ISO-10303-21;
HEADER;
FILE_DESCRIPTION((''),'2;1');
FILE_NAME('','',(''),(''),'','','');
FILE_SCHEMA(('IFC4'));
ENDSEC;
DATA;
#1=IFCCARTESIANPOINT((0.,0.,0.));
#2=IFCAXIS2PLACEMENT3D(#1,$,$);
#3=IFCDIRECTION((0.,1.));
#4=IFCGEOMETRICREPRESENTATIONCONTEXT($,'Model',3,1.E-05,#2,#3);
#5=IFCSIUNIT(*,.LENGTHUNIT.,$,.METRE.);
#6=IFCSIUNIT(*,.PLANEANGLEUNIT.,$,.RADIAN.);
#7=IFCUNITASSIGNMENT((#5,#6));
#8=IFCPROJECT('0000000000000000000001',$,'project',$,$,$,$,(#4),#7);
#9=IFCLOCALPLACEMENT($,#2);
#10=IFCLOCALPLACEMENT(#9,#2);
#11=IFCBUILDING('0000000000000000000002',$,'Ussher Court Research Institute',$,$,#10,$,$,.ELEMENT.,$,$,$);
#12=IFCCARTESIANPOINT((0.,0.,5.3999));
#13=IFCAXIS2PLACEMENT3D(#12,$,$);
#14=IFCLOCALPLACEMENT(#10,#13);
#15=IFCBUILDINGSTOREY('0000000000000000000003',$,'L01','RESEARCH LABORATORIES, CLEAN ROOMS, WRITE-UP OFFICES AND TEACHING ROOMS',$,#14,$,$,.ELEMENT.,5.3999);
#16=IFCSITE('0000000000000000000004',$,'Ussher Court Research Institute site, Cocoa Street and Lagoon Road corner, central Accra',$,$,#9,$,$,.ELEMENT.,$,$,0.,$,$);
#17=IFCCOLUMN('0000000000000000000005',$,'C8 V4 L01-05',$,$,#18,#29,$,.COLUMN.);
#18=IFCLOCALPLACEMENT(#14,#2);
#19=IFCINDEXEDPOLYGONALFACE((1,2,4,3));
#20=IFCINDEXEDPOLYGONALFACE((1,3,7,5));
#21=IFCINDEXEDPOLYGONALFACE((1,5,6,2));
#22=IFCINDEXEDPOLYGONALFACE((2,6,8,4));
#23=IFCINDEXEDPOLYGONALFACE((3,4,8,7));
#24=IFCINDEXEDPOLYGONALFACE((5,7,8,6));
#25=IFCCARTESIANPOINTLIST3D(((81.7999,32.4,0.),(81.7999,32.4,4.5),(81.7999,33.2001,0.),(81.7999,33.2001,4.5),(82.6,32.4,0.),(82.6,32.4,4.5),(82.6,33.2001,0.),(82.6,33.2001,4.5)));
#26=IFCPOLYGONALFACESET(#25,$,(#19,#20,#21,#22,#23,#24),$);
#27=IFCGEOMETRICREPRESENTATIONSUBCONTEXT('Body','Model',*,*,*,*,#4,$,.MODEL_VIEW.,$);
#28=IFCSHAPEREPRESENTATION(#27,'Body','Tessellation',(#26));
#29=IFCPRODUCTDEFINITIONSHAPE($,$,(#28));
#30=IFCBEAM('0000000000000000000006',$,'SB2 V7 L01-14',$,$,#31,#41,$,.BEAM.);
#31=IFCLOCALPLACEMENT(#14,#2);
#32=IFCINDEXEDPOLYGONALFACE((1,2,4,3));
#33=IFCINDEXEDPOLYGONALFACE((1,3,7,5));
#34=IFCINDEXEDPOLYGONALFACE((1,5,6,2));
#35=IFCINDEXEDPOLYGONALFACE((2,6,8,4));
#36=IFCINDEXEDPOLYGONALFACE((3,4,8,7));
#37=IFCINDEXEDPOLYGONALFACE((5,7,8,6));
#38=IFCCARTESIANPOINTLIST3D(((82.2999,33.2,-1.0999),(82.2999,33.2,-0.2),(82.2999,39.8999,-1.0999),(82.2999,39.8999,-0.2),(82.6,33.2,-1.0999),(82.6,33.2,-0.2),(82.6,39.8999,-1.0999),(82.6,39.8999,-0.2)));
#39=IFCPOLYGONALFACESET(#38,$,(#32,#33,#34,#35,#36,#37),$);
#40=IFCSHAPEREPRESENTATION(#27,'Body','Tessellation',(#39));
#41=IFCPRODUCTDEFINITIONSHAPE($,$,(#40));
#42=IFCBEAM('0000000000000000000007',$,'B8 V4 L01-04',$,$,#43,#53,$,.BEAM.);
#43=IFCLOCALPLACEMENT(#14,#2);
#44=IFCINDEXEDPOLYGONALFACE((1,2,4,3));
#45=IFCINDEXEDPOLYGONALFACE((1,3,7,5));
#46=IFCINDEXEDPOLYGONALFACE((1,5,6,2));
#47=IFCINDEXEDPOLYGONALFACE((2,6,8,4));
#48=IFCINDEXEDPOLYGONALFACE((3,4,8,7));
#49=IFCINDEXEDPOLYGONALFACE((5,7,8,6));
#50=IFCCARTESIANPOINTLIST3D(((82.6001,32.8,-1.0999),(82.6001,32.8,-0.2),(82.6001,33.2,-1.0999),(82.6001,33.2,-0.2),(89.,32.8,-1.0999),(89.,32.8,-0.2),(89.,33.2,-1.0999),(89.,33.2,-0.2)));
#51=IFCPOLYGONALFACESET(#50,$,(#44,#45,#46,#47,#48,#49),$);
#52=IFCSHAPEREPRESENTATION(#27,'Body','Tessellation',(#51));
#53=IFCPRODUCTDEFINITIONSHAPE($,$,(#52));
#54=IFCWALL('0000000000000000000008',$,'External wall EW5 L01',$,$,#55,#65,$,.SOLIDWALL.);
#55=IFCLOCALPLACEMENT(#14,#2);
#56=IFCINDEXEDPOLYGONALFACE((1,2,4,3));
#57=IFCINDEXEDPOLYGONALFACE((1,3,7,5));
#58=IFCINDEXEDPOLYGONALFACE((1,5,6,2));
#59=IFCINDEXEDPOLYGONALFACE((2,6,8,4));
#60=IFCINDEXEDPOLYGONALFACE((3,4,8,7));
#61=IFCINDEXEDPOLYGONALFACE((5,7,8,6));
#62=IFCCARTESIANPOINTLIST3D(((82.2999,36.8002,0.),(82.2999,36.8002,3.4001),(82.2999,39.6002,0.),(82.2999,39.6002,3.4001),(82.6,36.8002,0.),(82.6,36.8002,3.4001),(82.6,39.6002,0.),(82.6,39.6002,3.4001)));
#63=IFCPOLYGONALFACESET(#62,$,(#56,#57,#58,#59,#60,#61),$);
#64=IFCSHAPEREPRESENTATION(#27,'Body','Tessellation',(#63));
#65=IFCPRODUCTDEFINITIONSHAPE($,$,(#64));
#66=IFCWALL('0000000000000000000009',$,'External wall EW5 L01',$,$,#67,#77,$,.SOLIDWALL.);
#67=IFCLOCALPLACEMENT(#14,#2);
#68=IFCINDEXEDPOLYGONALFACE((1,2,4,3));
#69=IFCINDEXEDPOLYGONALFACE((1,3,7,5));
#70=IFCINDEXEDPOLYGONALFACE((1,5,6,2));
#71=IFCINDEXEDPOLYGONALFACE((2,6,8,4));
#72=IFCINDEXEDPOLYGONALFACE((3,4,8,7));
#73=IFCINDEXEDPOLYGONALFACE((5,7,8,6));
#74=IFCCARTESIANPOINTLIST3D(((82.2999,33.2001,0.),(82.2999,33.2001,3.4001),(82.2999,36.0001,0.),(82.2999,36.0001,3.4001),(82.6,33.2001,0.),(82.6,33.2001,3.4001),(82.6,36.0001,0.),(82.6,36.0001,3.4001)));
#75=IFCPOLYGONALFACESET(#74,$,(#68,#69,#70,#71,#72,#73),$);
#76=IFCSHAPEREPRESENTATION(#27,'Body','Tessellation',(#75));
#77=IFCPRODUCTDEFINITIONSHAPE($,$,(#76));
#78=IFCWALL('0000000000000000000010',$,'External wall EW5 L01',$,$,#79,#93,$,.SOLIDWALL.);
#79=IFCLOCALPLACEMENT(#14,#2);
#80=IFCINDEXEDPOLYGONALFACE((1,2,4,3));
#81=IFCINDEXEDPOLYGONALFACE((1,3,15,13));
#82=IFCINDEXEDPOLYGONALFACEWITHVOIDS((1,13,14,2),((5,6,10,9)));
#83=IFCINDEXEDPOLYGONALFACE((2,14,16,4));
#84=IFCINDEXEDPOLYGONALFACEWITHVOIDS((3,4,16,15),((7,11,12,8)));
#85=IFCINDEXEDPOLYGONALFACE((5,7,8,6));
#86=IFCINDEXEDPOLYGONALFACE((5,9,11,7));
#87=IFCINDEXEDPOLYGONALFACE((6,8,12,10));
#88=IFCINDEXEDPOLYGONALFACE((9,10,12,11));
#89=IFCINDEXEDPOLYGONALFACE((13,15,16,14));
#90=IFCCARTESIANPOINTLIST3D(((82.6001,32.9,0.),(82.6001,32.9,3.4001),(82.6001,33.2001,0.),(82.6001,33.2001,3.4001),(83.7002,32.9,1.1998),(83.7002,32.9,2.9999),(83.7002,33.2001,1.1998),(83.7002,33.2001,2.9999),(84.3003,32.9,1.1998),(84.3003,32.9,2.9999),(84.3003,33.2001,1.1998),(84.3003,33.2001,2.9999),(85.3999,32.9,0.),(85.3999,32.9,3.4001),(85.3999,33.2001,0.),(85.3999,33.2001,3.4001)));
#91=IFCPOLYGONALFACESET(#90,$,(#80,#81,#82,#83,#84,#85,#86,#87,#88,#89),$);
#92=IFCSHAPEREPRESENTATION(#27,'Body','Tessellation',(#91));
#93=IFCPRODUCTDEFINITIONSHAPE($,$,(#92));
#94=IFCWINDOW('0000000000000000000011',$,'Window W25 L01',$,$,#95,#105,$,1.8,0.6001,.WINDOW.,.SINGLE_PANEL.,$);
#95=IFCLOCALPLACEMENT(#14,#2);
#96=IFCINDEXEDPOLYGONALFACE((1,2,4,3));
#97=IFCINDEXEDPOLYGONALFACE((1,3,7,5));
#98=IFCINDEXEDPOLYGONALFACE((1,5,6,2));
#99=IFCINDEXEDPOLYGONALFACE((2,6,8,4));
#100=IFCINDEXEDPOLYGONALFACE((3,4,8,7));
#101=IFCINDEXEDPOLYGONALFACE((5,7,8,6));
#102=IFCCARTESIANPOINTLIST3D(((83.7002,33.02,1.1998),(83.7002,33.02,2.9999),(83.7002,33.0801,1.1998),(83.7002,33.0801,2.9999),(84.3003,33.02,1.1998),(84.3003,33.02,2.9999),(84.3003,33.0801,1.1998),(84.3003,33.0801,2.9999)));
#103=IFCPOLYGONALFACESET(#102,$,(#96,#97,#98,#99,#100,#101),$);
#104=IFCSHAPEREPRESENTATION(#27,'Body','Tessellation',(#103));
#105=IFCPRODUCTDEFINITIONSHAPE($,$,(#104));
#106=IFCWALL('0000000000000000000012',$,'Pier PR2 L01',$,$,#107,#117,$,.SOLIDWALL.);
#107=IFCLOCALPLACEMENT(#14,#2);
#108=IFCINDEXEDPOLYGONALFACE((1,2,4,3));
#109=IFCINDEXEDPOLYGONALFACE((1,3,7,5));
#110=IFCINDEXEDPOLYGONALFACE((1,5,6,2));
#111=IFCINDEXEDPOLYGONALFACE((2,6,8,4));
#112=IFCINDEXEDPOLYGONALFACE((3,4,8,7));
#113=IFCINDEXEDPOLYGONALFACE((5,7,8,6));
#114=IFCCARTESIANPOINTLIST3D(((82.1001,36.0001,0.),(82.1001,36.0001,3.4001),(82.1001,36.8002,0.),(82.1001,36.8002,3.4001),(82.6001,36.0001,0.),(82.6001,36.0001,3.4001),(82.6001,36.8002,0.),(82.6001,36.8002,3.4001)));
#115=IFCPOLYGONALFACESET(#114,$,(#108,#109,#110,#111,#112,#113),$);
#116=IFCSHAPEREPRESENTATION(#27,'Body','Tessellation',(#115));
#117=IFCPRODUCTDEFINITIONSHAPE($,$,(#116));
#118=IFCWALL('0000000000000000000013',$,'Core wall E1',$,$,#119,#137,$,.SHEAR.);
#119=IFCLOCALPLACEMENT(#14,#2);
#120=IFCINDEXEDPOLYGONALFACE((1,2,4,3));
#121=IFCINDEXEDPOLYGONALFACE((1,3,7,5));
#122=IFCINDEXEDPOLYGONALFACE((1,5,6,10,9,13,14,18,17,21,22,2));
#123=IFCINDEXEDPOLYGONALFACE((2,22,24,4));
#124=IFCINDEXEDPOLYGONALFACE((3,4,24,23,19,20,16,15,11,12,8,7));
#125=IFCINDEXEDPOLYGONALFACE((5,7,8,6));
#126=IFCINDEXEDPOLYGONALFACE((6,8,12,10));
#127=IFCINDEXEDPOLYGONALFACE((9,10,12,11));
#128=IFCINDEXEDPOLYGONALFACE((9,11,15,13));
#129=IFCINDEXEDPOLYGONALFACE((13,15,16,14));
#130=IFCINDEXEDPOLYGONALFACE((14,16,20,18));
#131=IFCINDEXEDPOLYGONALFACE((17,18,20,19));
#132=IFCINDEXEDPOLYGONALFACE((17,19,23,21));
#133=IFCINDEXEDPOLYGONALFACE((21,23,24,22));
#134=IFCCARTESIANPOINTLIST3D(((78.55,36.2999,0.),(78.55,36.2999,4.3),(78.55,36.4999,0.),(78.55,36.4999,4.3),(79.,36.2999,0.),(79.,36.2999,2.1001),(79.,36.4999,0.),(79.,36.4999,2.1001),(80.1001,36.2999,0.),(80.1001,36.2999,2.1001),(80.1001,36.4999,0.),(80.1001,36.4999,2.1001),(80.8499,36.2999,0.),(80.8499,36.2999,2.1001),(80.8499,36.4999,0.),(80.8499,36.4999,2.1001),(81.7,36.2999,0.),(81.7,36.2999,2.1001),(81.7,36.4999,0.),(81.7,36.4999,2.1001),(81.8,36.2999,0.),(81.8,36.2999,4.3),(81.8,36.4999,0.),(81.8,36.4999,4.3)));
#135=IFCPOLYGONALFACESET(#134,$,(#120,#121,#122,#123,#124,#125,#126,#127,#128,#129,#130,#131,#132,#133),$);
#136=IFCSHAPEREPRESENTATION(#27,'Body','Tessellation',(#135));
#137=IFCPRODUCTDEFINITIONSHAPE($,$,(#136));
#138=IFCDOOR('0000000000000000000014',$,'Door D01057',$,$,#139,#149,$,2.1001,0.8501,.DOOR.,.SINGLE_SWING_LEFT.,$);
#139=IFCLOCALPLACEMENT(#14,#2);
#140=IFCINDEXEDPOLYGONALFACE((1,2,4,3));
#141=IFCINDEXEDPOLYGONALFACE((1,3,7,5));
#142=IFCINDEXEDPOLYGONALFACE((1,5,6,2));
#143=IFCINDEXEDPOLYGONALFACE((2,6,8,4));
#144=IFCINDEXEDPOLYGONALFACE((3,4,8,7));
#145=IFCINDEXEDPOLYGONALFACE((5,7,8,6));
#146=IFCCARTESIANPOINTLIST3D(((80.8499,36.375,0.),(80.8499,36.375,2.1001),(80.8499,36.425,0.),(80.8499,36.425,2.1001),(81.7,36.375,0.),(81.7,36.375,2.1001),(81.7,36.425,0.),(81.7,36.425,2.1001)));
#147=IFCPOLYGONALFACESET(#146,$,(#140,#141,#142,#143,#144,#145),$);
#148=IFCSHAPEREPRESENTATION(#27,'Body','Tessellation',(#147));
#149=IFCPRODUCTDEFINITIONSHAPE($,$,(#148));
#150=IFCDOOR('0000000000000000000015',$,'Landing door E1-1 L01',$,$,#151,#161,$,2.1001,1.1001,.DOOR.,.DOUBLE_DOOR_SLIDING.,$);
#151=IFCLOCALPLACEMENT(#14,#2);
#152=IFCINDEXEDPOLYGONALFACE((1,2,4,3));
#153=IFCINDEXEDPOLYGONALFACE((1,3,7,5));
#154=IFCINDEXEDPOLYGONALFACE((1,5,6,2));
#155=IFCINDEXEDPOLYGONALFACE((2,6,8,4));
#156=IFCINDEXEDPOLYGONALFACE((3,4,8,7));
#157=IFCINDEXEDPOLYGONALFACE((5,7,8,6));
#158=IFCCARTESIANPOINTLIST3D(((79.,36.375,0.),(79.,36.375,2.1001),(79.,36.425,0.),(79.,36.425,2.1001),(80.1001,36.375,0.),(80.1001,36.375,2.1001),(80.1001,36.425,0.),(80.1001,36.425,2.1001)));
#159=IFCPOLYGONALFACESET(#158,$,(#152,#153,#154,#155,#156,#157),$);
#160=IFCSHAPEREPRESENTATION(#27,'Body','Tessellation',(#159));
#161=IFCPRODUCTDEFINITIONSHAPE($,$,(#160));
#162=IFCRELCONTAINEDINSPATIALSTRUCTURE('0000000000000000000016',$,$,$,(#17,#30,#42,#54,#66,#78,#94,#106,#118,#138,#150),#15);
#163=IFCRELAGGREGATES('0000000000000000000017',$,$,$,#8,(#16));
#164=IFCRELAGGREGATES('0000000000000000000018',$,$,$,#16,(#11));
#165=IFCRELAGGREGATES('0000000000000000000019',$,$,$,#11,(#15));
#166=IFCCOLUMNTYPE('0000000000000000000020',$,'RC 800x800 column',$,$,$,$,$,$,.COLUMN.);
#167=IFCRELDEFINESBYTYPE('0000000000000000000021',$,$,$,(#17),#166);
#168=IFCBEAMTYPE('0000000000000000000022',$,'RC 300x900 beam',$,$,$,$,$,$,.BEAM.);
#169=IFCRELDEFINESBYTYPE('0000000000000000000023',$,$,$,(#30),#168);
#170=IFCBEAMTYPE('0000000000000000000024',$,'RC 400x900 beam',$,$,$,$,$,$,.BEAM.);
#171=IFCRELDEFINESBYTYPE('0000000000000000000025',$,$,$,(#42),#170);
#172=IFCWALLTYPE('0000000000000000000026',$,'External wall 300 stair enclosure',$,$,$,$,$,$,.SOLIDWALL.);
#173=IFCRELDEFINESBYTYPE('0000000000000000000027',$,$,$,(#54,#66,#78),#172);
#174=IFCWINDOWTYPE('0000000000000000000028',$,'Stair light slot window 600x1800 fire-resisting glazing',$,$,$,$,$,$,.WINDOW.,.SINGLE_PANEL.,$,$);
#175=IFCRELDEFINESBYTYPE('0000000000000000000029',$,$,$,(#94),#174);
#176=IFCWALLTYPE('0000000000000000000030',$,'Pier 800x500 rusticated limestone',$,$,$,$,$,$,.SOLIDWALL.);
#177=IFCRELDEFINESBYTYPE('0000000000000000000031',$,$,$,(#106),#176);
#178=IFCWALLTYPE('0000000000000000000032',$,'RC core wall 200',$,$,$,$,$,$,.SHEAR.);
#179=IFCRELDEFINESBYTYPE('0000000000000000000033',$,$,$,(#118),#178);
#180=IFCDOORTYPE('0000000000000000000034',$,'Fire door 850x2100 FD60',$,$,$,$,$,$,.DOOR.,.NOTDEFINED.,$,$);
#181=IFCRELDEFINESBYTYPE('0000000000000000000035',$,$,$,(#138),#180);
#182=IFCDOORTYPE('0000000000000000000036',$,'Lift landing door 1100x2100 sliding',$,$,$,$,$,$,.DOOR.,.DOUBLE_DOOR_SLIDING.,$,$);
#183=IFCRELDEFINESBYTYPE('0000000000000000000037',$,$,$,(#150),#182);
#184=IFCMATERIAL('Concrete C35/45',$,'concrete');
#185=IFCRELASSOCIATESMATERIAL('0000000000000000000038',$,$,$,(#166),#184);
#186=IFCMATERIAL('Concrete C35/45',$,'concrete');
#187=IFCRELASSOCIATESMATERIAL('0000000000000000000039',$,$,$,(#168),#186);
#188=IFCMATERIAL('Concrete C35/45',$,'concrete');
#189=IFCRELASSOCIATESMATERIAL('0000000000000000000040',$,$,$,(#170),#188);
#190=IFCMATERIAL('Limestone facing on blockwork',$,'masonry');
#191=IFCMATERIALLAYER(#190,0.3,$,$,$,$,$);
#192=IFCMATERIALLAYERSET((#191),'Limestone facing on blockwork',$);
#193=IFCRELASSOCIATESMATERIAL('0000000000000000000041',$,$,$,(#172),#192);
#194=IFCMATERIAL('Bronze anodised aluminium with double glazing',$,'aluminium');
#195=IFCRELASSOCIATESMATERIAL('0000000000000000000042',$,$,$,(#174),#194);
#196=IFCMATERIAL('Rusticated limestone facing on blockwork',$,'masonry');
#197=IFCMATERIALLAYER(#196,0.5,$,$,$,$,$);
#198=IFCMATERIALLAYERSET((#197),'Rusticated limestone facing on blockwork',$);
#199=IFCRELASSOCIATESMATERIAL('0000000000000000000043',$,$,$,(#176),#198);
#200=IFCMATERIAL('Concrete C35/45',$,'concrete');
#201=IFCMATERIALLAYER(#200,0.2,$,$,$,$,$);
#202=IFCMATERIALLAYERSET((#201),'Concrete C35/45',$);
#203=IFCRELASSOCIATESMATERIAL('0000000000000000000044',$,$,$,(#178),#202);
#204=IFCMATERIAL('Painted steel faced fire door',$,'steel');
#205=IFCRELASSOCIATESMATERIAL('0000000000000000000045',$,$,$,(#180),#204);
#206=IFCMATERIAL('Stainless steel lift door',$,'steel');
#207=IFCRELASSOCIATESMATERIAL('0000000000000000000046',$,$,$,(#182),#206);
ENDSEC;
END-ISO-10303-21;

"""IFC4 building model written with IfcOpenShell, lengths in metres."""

from ifc_helpers import new_model, si_unit, direction, frame, frame_2d, origin, origin_2d, place, context, subcontext, project, spatial, rectangle, extrude, material, layer, layer_set, material_profile, profile_set, type_object, element, fill, save


model = new_model("IFC4")

# Units and contexts
model_context = context("Model", 3, precision=1e-05, world=origin(), true_north=direction((0.0, 1.0)))
body_context = subcontext(model_context, "Body", "Model", "MODEL_VIEW")
ifc_project = project(units=[si_unit("LENGTHUNIT", "METRE"), si_unit("PLANEANGLEUNIT", "RADIAN")], contexts=[model_context])

# Site, building, storey
site_placement = place(None, origin())
site = spatial("IfcSite", under=ifc_project, at=site_placement, Name="Ussher Court Research Institute site, Cocoa Street and Lagoon Road corner, central Accra", CompositionType="ELEMENT", RefElevation=0.0)
building_placement = place(site_placement, origin())
building = spatial("IfcBuilding", under=site, at=building_placement, Name="Ussher Court Research Institute", CompositionType="ELEMENT")
storey_placement = place(building_placement, frame((0.0, 0.0, 5.3999)))
storey = spatial("IfcBuildingStorey", under=building, at=storey_placement, Name="L01", Description="RESEARCH LABORATORIES, CLEAN ROOMS, WRITE-UP OFFICES AND TEACHING ROOMS", CompositionType="ELEMENT", Elevation=5.3999)

# Column
ifc_material_1 = material(Name="Concrete C35/45", Category="concrete")
ifc_material_profile_1 = material_profile(ifc_material_1, rectangle(XDim=0.8, YDim=0.8, at=origin_2d()), Name="RC 800x800")
ifc_profile_set_1 = profile_set([ifc_material_profile_1], Name="Concrete C35/45")
column_type = type_object("IfcColumnType", Name="RC 800x800 column", PredefinedType="COLUMN", material=ifc_profile_set_1)
column_placement = place(storey_placement, frame((82.2, 32.8, 0.0), z_axis=(0.0, 0.0, 1.0), x_axis=(1.0, 0.0, 0.0)))
element("IfcColumn", 1, at=column_placement, inside=storey, type_object=column_type, Name="C8 V4 L01-05", PredefinedType="COLUMN", context=body_context, shape_type="SweptSolid", body=[
    extrude(rectangle(XDim=0.8, YDim=0.8, at=origin_2d()), origin(), (0.0, 0.0, 1.0), 4.5),
])

# Beams
ifc_material_2 = material(Name="Concrete C35/45", Category="concrete")
ifc_material_profile_2 = material_profile(ifc_material_2, rectangle(XDim=0.3, YDim=0.8999, at=origin_2d()), Name="RC 300x900")
ifc_profile_set_2 = profile_set([ifc_material_profile_2], Name="Concrete C35/45")
beam_type_1 = type_object("IfcBeamType", Name="RC 300x900 beam", PredefinedType="BEAM", material=ifc_profile_set_2)
beam_1_placement = place(storey_placement, frame((82.45, 33.2, -0.6499), z_axis=(0.0, 1.0, 0.0), x_axis=(-1.0, 0.0, 0.0)))
element("IfcBeam", 2, at=beam_1_placement, inside=storey, type_object=beam_type_1, Name="SB2 V7 L01-14", PredefinedType="BEAM", context=body_context, shape_type="SweptSolid", body=[
    extrude(rectangle(XDim=0.3, YDim=0.8999, at=origin_2d()), origin(), (0.0, 0.0, 1.0), 6.7),
])
ifc_material_3 = material(Name="Concrete C35/45", Category="concrete")
ifc_material_profile_3 = material_profile(ifc_material_3, rectangle(XDim=0.3999, YDim=0.8999, at=origin_2d()), Name="RC 400x900")
ifc_profile_set_3 = profile_set([ifc_material_profile_3], Name="Concrete C35/45")
beam_type_2 = type_object("IfcBeamType", Name="RC 400x900 beam", PredefinedType="BEAM", material=ifc_profile_set_3)
beam_2_placement = place(storey_placement, frame((82.6001, 33.0, -0.6499), z_axis=(1.0, 0.0, 0.0), x_axis=(0.0, 1.0, 0.0)))
element("IfcBeam", 3, at=beam_2_placement, inside=storey, type_object=beam_type_2, Name="B8 V4 L01-04", PredefinedType="BEAM", context=body_context, shape_type="SweptSolid", body=[
    extrude(rectangle(XDim=0.3999, YDim=0.8999, at=origin_2d()), origin(), (0.0, 0.0, 1.0), 6.3999),
])

# Walls
ifc_material_4 = material(Name="Limestone facing on blockwork", Category="masonry")
ifc_layer_1 = layer(ifc_material_4, 0.3)
ifc_layer_set_1 = layer_set([ifc_layer_1], Name="Limestone facing on blockwork")
wall_type_1 = type_object("IfcWallType", Name="External wall 300 stair enclosure", PredefinedType="SOLIDWALL", material=ifc_layer_set_1)
for number, where, z_axis, x_axis, name in (
    (4, (82.45, 39.6001, 0.0), (0.0, 0.0, 1.0), (0.0, -1.0, 0.0), "External wall EW5 L01"),
    (5, (82.45, 36.0, 0.0), (0.0, 0.0, 1.0), (0.0, -1.0, 0.0), "External wall EW5 L01"),
):
    element("IfcWall", number, at=place(storey_placement, frame(where, z_axis=z_axis, x_axis=x_axis)), inside=storey, type_object=wall_type_1, Name=name, PredefinedType="SOLIDWALL", context=body_context, shape_type="SweptSolid", body=[
        extrude(rectangle(XDim=2.8, YDim=0.3, at=frame_2d((1.3999, 0.0))), origin(), (0.0, 0.0, 1.0), 3.4001),
    ])

# Wall, opening, window
wall_1_placement = place(storey_placement, frame((82.6001, 33.05, 0.0), z_axis=(0.0, 0.0, 1.0), x_axis=(1.0, 0.0, 0.0)))
wall_1 = element("IfcWall", 6, at=wall_1_placement, inside=storey, type_object=wall_type_1, Name="External wall EW5 L01", PredefinedType="SOLIDWALL", context=body_context, shape_type="SweptSolid", body=[
    extrude(rectangle(XDim=2.7998, YDim=0.3, at=frame_2d((1.3999, 0.0))), origin(), (0.0, 0.0, 1.0), 3.4001),
])
opening_1_placement = place(wall_1_placement, frame((1.1001, 0.0, 1.2)))
opening_1 = element("IfcOpeningElement", 7, at=opening_1_placement, cuts=wall_1, PredefinedType="OPENING", context=body_context, shape_type="SweptSolid", body=[
    extrude(rectangle(XDim=0.6001, YDim=1.8, at=frame_2d((0.3, 0.8999))), frame((0.0, 0.1602, 0.0), z_axis=(0.0, -1.0, 0.0), x_axis=(1.0, 0.0, 0.0)), (0.0, 0.0, 1.0), 0.3201),
])
ifc_material_5 = material(Name="Bronze anodised aluminium with double glazing", Category="aluminium")
window_type = type_object("IfcWindowType", Name="Stair light slot window 600x1800 fire-resisting glazing", PartitioningType="SINGLE_PANEL", PredefinedType="WINDOW", material=ifc_material_5)
window_1_placement = place(opening_1_placement, origin())
window_1 = element("IfcWindow", 8, at=window_1_placement, inside=storey, type_object=window_type, Name="Window W25 L01", OverallHeight=1.8, OverallWidth=0.6001, PartitioningType="SINGLE_PANEL", PredefinedType="WINDOW", context=body_context, shape_type="SweptSolid", body=[
    extrude(rectangle(XDim=0.6001, YDim=1.8, at=frame_2d((0.3, 0.8999))), frame((0.0, 0.03, 0.0), z_axis=(0.0, -1.0, 0.0), x_axis=(1.0, 0.0, 0.0)), (0.0, 0.0, 1.0), 0.0601),
])
fill(opening_1, window_1)

# Wall
ifc_material_6 = material(Name="Rusticated limestone facing on blockwork", Category="masonry")
ifc_layer_2 = layer(ifc_material_6, 0.5)
ifc_layer_set_2 = layer_set([ifc_layer_2], Name="Rusticated limestone facing on blockwork")
wall_type_2 = type_object("IfcWallType", Name="Pier 800x500 rusticated limestone", PredefinedType="SOLIDWALL", material=ifc_layer_set_2)
wall_2_placement = place(storey_placement, frame((82.3501, 36.8, 0.0), z_axis=(0.0, 0.0, 1.0), x_axis=(0.0, -1.0, 0.0)))
element("IfcWall", 9, at=wall_2_placement, inside=storey, type_object=wall_type_2, Name="Pier PR2 L01", PredefinedType="SOLIDWALL", context=body_context, shape_type="SweptSolid", body=[
    extrude(rectangle(XDim=0.8, YDim=0.5, at=frame_2d((0.3999, 0.0))), origin(), (0.0, 0.0, 1.0), 3.4001),
])

# Wall, openings, doors
ifc_material_7 = material(Name="Concrete C35/45", Category="concrete")
ifc_layer_3 = layer(ifc_material_7, 0.2)
ifc_layer_set_3 = layer_set([ifc_layer_3], Name="Concrete C35/45")
wall_type_3 = type_object("IfcWallType", Name="RC core wall 200", PredefinedType="SHEAR", material=ifc_layer_set_3)
wall_3_placement = place(storey_placement, frame((81.8, 36.3999, 0.0), z_axis=(0.0, 0.0, 1.0), x_axis=(-1.0, 0.0, 0.0)))
wall_3 = element("IfcWall", 10, at=wall_3_placement, inside=storey, type_object=wall_type_3, Name="Core wall E1", PredefinedType="SHEAR", context=body_context, shape_type="SweptSolid", body=[
    extrude(rectangle(XDim=3.25, YDim=0.2, at=frame_2d((1.625, 0.0))), origin(), (0.0, 0.0, 1.0), 4.3),
])
opening_2_placement = place(wall_3_placement, frame((1.7, 0.0, 0.0)))
opening_2 = element("IfcOpeningElement", 11, at=opening_2_placement, cuts=wall_3, PredefinedType="OPENING", context=body_context, shape_type="SweptSolid", body=[
    extrude(rectangle(XDim=1.1001, YDim=2.1001, at=frame_2d((0.55, 1.05))), frame((0.0, 0.1099, 0.0), z_axis=(0.0, -1.0, 0.0), x_axis=(1.0, 0.0, 0.0)), (0.0, 0.0, 1.0), 0.22),
])
opening_3_placement = place(wall_3_placement, frame((0.1001, 0.0, 0.0)))
opening_3 = element("IfcOpeningElement", 12, at=opening_3_placement, cuts=wall_3, PredefinedType="OPENING", context=body_context, shape_type="SweptSolid", body=[
    extrude(rectangle(XDim=0.8501, YDim=2.1001, at=frame_2d((0.425, 1.05))), frame((0.0, 0.1099, 0.0), z_axis=(0.0, -1.0, 0.0), x_axis=(1.0, 0.0, 0.0)), (0.0, 0.0, 1.0), 0.22),
])
ifc_material_8 = material(Name="Painted steel faced fire door", Category="steel")
door_type_1 = type_object("IfcDoorType", Name="Fire door 850x2100 FD60", OperationType="NOTDEFINED", PredefinedType="DOOR", material=ifc_material_8)
door_1_placement = place(opening_3_placement, origin())
door_1 = element("IfcDoor", 13, at=door_1_placement, inside=storey, type_object=door_type_1, Name="Door D01057", OperationType="SINGLE_SWING_LEFT", OverallHeight=2.1001, OverallWidth=0.8501, PredefinedType="DOOR", context=body_context, shape_type="SweptSolid", body=[
    extrude(rectangle(XDim=0.8501, YDim=2.1001, at=frame_2d((0.425, 1.05))), frame((0.0, 0.0249, 0.0), z_axis=(0.0, -1.0, 0.0), x_axis=(1.0, 0.0, 0.0)), (0.0, 0.0, 1.0), 0.05),
])
fill(opening_3, door_1)
ifc_material_9 = material(Name="Stainless steel lift door", Category="steel")
door_type_2 = type_object("IfcDoorType", Name="Lift landing door 1100x2100 sliding", OperationType="DOUBLE_DOOR_SLIDING", PredefinedType="DOOR", material=ifc_material_9)
door_2_placement = place(opening_2_placement, origin())
door_2 = element("IfcDoor", 14, at=door_2_placement, inside=storey, type_object=door_type_2, Name="Landing door E1-1 L01", OperationType="DOUBLE_DOOR_SLIDING", OverallHeight=2.1001, OverallWidth=1.1001, PredefinedType="DOOR", context=body_context, shape_type="SweptSolid", body=[
    extrude(rectangle(XDim=1.1001, YDim=2.1001, at=frame_2d((0.55, 1.05))), frame((0.0, 0.0249, 0.0), z_axis=(0.0, -1.0, 0.0), x_axis=(1.0, 0.0, 0.0)), (0.0, 0.0, 1.0), 0.05),
])
fill(opening_2, door_2)

save(model, "model.ifc")
